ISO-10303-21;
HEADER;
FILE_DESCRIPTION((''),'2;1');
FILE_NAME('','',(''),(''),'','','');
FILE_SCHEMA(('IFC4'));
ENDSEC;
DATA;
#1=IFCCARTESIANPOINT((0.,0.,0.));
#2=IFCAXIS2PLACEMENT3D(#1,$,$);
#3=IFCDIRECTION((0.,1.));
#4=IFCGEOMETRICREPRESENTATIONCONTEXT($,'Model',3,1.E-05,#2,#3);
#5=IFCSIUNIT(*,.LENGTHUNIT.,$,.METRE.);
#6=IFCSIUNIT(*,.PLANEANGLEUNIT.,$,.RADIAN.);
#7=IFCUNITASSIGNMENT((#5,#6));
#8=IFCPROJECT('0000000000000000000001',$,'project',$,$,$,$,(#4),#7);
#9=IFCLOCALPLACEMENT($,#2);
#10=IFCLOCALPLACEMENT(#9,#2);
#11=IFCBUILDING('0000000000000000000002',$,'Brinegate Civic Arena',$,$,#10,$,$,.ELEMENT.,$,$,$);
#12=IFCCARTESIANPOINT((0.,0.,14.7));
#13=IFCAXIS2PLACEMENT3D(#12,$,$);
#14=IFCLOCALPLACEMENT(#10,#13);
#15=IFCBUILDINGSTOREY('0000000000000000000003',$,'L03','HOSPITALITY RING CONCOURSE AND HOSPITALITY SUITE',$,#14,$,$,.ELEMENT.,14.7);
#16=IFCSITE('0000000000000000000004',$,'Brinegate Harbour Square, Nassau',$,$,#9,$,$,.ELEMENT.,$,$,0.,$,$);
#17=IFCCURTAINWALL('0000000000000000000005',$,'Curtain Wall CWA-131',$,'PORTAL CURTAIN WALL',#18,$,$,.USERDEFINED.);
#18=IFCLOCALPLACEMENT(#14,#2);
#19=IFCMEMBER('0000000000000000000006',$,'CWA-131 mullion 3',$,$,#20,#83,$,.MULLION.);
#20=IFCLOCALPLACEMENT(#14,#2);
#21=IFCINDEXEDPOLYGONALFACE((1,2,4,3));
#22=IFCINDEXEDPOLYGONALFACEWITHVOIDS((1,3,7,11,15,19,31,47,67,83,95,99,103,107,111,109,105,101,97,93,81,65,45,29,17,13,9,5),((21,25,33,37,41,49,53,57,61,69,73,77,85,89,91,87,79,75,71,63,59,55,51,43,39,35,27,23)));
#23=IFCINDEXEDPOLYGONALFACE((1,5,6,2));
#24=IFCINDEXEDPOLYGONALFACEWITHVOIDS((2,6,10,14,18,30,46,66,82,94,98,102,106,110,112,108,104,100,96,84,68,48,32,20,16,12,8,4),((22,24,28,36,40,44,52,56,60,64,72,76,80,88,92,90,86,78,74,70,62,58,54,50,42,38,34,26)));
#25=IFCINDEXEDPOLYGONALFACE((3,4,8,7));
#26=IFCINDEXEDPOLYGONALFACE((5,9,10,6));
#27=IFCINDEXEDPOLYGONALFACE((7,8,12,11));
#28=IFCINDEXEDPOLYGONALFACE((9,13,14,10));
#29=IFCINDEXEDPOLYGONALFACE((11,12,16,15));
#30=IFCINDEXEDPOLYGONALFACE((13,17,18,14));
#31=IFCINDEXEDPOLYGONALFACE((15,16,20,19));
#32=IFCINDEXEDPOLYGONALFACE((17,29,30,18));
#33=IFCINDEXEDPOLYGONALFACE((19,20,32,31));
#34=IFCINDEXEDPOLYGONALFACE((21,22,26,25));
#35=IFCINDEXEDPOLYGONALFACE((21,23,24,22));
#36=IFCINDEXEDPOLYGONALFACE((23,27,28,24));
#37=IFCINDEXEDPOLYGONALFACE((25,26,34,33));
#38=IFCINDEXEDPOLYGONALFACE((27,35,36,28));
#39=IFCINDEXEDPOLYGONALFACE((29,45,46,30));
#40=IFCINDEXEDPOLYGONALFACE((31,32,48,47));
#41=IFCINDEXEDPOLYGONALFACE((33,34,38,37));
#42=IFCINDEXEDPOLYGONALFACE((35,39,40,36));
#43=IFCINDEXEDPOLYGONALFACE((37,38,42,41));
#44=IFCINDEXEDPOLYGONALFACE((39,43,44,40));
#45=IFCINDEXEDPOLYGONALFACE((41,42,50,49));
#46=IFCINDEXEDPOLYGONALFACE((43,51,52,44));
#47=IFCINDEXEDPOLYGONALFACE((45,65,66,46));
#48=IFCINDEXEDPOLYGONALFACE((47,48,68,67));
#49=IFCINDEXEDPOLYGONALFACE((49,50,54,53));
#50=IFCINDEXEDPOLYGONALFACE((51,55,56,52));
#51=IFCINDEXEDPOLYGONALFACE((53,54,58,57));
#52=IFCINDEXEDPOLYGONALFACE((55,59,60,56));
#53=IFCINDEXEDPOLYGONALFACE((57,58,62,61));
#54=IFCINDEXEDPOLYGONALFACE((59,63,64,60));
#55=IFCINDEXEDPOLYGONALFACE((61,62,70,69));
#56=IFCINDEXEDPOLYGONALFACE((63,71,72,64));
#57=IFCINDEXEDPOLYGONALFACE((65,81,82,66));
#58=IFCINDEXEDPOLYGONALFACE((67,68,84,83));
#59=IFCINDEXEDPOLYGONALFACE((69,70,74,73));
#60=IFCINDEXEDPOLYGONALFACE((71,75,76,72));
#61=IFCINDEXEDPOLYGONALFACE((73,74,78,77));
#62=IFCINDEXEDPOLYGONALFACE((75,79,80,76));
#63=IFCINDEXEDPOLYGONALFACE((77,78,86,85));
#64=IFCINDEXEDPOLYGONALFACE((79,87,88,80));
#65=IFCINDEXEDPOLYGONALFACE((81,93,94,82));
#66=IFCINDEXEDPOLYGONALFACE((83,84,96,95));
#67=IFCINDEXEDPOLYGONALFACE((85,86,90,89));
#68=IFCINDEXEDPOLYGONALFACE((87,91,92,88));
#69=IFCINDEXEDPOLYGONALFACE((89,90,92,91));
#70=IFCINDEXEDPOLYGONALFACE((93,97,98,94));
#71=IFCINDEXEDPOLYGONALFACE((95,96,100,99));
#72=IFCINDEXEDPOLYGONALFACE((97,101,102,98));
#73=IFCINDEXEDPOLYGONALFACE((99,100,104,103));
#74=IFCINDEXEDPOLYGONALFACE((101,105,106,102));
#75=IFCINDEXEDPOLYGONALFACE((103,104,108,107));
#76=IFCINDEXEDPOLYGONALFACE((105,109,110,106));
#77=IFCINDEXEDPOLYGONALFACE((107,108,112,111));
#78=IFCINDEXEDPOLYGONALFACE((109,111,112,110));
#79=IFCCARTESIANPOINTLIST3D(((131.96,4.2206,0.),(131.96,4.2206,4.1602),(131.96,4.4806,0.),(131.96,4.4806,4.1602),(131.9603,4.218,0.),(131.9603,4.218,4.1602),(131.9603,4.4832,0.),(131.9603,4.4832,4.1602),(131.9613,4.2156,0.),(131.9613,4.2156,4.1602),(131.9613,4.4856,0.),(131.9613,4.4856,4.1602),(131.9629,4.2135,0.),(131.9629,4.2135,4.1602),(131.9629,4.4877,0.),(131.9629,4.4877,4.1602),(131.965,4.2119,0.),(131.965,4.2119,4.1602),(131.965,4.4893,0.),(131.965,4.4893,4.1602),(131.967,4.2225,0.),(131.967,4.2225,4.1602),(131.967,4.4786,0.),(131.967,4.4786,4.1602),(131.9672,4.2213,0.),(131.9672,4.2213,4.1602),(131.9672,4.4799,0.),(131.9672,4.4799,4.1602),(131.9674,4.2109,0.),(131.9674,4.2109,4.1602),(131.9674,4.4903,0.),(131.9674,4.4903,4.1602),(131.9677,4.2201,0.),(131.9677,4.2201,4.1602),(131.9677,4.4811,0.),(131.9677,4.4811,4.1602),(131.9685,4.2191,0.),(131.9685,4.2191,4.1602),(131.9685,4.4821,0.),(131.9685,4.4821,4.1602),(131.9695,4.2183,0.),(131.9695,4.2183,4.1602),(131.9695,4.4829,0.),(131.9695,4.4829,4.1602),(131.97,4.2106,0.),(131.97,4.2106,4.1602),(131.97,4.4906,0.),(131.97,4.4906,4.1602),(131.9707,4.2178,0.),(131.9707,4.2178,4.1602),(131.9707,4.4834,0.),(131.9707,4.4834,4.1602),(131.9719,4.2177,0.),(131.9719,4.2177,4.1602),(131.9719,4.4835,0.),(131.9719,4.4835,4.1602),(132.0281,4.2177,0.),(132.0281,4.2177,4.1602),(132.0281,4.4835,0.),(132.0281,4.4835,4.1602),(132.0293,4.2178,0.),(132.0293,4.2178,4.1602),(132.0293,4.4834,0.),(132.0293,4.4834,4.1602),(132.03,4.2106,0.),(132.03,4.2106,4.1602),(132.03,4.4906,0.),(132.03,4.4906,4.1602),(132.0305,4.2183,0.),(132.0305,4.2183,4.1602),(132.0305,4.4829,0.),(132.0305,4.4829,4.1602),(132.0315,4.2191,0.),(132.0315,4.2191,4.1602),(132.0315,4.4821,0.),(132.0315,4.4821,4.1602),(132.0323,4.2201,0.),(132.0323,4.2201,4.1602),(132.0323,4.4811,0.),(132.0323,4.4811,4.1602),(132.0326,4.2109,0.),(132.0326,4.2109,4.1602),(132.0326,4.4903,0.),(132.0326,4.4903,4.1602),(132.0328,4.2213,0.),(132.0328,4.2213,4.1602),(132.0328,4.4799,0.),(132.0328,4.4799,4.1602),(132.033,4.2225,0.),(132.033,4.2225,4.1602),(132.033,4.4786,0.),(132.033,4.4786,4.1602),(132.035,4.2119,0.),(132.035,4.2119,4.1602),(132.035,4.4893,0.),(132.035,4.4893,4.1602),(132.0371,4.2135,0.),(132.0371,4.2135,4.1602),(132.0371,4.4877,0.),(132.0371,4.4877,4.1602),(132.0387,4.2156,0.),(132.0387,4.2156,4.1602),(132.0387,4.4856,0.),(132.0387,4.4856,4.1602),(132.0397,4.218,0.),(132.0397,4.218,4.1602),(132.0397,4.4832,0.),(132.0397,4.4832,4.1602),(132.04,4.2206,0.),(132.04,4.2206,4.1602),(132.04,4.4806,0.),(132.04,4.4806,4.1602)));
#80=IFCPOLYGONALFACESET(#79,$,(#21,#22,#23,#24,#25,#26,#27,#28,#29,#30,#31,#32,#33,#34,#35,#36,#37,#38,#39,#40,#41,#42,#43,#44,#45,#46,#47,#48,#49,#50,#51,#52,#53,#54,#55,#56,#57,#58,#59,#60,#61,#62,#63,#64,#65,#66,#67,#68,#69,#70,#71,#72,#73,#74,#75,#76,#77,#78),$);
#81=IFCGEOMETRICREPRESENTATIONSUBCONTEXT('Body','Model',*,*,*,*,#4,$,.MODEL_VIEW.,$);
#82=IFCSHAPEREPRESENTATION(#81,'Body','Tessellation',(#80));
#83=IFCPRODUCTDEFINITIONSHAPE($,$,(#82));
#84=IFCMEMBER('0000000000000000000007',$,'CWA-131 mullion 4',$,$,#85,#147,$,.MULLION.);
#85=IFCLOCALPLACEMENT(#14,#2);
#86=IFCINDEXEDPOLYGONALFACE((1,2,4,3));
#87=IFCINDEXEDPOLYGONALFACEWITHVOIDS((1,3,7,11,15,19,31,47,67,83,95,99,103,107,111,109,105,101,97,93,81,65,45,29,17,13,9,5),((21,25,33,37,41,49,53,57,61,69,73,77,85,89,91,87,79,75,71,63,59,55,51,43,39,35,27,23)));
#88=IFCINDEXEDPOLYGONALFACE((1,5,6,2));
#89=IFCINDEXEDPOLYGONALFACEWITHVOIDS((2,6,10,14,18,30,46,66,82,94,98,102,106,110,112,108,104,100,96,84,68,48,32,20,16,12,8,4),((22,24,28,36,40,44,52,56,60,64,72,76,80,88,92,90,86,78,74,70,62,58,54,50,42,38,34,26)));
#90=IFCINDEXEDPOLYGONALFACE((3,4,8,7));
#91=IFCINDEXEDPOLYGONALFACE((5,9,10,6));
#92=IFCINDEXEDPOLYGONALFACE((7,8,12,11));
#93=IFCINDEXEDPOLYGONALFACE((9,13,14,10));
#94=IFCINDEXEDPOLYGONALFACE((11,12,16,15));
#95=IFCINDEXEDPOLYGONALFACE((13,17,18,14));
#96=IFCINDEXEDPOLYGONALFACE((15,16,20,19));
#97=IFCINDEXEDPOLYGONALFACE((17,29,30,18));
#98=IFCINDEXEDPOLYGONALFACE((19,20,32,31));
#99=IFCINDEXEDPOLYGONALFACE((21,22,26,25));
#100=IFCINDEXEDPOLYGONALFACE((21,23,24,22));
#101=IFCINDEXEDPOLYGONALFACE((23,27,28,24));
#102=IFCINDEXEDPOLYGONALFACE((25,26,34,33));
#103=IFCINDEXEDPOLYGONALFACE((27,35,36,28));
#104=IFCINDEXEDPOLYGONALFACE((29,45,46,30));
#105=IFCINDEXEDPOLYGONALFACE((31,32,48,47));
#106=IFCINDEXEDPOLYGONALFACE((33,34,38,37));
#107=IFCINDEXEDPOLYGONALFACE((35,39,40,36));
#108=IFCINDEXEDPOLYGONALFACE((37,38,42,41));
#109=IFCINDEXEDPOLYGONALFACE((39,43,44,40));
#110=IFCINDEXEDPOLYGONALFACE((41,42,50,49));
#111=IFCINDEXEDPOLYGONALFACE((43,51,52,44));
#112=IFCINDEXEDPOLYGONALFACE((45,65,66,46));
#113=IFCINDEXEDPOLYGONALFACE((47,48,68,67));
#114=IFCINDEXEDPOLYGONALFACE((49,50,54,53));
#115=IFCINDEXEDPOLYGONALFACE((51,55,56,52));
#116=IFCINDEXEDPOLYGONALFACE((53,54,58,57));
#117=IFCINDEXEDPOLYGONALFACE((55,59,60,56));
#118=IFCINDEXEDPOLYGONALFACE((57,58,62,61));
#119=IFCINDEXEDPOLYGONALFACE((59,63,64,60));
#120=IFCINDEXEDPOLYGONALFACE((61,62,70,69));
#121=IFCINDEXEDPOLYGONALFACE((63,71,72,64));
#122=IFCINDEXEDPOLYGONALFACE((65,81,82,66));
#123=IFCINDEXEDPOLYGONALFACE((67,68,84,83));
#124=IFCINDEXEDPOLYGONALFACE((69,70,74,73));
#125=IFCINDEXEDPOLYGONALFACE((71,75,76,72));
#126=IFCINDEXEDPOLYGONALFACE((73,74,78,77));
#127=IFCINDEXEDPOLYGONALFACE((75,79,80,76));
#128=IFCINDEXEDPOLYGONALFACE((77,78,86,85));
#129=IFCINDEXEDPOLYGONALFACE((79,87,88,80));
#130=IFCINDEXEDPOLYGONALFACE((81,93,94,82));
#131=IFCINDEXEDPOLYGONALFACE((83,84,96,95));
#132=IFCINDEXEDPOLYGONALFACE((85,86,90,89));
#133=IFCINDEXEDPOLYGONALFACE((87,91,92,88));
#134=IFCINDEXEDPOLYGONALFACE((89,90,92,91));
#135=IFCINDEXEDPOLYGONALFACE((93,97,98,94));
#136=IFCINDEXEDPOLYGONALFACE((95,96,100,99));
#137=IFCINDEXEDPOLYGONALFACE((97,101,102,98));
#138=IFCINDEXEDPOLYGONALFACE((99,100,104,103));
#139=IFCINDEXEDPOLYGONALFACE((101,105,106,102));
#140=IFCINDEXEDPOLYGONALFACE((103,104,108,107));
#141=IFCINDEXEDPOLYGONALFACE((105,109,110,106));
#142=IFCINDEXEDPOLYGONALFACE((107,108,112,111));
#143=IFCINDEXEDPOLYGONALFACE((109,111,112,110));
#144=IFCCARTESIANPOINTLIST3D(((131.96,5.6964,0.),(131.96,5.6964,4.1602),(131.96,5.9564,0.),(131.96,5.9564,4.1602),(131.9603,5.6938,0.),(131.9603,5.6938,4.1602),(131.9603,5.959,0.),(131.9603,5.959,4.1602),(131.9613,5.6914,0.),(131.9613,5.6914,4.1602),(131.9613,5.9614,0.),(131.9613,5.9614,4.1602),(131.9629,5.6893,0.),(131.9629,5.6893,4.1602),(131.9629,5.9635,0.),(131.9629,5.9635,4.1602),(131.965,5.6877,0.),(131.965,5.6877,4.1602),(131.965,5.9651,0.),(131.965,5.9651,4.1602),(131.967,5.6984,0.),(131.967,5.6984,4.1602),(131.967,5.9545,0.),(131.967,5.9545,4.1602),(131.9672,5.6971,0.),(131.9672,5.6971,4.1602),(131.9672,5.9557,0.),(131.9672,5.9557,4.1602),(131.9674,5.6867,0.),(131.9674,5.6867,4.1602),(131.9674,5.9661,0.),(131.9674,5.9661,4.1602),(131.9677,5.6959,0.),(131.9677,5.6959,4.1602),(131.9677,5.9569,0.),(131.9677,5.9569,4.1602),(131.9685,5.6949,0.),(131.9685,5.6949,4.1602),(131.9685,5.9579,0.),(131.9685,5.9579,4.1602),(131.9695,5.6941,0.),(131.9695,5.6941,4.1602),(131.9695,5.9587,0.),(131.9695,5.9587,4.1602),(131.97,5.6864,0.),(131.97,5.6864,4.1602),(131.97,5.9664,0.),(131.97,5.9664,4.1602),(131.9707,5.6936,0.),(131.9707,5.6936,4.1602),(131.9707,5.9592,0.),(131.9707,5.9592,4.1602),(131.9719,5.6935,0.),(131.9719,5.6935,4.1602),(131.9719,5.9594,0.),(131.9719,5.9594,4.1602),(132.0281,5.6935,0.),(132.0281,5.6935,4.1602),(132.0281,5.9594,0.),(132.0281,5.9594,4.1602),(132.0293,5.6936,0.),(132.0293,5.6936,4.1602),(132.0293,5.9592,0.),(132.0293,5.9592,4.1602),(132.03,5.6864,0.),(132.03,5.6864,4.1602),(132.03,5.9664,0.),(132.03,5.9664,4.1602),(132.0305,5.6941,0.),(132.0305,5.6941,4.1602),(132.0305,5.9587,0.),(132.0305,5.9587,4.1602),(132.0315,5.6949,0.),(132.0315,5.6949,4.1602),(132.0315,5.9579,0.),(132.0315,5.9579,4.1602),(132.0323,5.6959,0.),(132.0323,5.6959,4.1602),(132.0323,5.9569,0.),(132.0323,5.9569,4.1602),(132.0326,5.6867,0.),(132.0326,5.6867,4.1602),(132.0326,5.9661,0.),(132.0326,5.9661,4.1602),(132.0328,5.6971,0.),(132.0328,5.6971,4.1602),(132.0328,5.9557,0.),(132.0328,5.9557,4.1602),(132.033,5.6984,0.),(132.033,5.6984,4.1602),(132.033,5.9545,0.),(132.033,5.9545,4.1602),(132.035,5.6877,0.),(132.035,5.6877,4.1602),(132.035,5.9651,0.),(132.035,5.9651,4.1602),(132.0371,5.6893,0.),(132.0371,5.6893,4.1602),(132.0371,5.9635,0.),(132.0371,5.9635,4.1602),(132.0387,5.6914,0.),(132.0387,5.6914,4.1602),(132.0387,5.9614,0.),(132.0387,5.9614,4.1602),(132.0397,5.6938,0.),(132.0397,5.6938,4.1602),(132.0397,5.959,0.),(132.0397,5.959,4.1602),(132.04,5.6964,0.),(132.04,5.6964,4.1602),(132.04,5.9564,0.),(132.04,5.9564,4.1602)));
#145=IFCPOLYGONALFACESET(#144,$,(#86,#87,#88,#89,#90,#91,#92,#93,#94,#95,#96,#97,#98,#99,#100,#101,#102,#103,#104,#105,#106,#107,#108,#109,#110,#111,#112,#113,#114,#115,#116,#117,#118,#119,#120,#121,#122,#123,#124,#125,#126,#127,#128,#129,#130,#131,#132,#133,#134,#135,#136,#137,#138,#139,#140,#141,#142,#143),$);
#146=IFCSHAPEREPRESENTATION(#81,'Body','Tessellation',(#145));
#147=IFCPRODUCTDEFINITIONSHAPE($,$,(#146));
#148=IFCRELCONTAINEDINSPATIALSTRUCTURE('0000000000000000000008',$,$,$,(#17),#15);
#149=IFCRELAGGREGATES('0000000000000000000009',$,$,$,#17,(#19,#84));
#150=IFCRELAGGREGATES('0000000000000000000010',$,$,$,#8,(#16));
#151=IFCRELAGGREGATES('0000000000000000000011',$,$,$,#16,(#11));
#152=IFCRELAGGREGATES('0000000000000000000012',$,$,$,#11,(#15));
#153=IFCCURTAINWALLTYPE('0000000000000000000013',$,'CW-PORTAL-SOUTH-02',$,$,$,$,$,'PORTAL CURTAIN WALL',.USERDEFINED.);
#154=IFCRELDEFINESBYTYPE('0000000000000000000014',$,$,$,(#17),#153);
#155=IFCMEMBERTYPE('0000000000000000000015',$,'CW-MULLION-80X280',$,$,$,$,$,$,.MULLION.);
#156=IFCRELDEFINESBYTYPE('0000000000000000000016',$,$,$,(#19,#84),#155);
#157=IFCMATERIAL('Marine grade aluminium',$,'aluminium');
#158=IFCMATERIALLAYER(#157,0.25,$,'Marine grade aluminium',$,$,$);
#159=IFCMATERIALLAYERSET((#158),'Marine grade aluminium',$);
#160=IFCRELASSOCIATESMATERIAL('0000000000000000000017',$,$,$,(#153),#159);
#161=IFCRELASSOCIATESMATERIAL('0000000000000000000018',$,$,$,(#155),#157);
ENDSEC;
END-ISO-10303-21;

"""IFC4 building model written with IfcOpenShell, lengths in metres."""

from ifc_helpers import new_model, si_unit, direction, frame, origin, origin_2d, place, context, subcontext, project, spatial, hollow_rectangle, extrude, material, layer, layer_set, material_profile, profile_set, type_object, element, aggregate, save


model = new_model("IFC4")

# Units and contexts
model_context = context("Model", 3, precision=1e-05, world=origin(), true_north=direction((0.0, 1.0)))
body_context = subcontext(model_context, "Body", "Model", "MODEL_VIEW")
ifc_project = project(units=[si_unit("LENGTHUNIT", "METRE"), si_unit("PLANEANGLEUNIT", "RADIAN")], contexts=[model_context])

# Site, building, storey
site_placement = place(None, origin())
site = spatial("IfcSite", under=ifc_project, at=site_placement, Name="Brinegate Harbour Square, Nassau", CompositionType="ELEMENT", RefElevation=0.0)
building_placement = place(site_placement, origin())
building = spatial("IfcBuilding", under=site, at=building_placement, Name="Brinegate Civic Arena", CompositionType="ELEMENT")
storey_placement = place(building_placement, frame((0.0, 0.0, 14.7)))
storey = spatial("IfcBuildingStorey", under=building, at=storey_placement, Name="L03", Description="HOSPITALITY RING CONCOURSE AND HOSPITALITY SUITE", CompositionType="ELEMENT", Elevation=14.7)

# Curtain wall, members
ifc_material_1 = material(Name="Marine grade aluminium", Category="aluminium")
ifc_layer_1 = layer(ifc_material_1, 0.25, Name="Marine grade aluminium")
ifc_layer_set_1 = layer_set([ifc_layer_1], Name="Marine grade aluminium")
curtain_wall_type = type_object("IfcCurtainWallType", Name="CW-PORTAL-SOUTH-02", ElementType="PORTAL CURTAIN WALL", PredefinedType="USERDEFINED", material=ifc_layer_set_1)
curtain_wall_placement = place(storey_placement, origin())
curtain_wall = element("IfcCurtainWall", 1, at=curtain_wall_placement, inside=storey, type_object=curtain_wall_type, Name="Curtain Wall CWA-131", ObjectType="PORTAL CURTAIN WALL", PredefinedType="USERDEFINED")
ifc_material_profile_1 = material_profile(ifc_material_1, hollow_rectangle(XDim=0.0801, YDim=0.28, WallThickness=0.0071, InnerFilletRadius=0.0049, OuterFilletRadius=0.01, at=origin_2d()), Name="MUL80X280")
ifc_profile_set_1 = profile_set([ifc_material_profile_1], Name="Marine grade aluminium")
member_type_1 = type_object("IfcMemberType", Name="CW-MULLION-80X280", PredefinedType="MULLION", material=ifc_profile_set_1)
member_1_placement = place(storey_placement, frame((132.0, 4.3506, 0.0), z_axis=(0.0, 0.0, 1.0), x_axis=(-1.0, 0.0, 0.0)))
member_1 = element("IfcMember", 2, at=member_1_placement, type_object=member_type_1, Name="CWA-131 mullion 3", PredefinedType="MULLION", context=body_context, shape_type="SweptSolid", body=[
    extrude(hollow_rectangle(XDim=0.0801, YDim=0.28, WallThickness=0.0071, InnerFilletRadius=0.0049, OuterFilletRadius=0.01, at=origin_2d()), origin(), (0.0, 0.0, 1.0), 4.1602),
])
member_2_placement = place(storey_placement, frame((132.0, 5.8264, 0.0), z_axis=(0.0, 0.0, 1.0), x_axis=(-1.0, 0.0, 0.0)))
member_2 = element("IfcMember", 3, at=member_2_placement, type_object=member_type_1, Name="CWA-131 mullion 4", PredefinedType="MULLION", context=body_context, shape_type="SweptSolid", body=[
    extrude(hollow_rectangle(XDim=0.0801, YDim=0.28, WallThickness=0.0071, InnerFilletRadius=0.0049, OuterFilletRadius=0.01, at=origin_2d()), origin(), (0.0, 0.0, 1.0), 4.1602),
])

aggregate(curtain_wall, [member_1, member_2])

save(model, "model.ifc")
